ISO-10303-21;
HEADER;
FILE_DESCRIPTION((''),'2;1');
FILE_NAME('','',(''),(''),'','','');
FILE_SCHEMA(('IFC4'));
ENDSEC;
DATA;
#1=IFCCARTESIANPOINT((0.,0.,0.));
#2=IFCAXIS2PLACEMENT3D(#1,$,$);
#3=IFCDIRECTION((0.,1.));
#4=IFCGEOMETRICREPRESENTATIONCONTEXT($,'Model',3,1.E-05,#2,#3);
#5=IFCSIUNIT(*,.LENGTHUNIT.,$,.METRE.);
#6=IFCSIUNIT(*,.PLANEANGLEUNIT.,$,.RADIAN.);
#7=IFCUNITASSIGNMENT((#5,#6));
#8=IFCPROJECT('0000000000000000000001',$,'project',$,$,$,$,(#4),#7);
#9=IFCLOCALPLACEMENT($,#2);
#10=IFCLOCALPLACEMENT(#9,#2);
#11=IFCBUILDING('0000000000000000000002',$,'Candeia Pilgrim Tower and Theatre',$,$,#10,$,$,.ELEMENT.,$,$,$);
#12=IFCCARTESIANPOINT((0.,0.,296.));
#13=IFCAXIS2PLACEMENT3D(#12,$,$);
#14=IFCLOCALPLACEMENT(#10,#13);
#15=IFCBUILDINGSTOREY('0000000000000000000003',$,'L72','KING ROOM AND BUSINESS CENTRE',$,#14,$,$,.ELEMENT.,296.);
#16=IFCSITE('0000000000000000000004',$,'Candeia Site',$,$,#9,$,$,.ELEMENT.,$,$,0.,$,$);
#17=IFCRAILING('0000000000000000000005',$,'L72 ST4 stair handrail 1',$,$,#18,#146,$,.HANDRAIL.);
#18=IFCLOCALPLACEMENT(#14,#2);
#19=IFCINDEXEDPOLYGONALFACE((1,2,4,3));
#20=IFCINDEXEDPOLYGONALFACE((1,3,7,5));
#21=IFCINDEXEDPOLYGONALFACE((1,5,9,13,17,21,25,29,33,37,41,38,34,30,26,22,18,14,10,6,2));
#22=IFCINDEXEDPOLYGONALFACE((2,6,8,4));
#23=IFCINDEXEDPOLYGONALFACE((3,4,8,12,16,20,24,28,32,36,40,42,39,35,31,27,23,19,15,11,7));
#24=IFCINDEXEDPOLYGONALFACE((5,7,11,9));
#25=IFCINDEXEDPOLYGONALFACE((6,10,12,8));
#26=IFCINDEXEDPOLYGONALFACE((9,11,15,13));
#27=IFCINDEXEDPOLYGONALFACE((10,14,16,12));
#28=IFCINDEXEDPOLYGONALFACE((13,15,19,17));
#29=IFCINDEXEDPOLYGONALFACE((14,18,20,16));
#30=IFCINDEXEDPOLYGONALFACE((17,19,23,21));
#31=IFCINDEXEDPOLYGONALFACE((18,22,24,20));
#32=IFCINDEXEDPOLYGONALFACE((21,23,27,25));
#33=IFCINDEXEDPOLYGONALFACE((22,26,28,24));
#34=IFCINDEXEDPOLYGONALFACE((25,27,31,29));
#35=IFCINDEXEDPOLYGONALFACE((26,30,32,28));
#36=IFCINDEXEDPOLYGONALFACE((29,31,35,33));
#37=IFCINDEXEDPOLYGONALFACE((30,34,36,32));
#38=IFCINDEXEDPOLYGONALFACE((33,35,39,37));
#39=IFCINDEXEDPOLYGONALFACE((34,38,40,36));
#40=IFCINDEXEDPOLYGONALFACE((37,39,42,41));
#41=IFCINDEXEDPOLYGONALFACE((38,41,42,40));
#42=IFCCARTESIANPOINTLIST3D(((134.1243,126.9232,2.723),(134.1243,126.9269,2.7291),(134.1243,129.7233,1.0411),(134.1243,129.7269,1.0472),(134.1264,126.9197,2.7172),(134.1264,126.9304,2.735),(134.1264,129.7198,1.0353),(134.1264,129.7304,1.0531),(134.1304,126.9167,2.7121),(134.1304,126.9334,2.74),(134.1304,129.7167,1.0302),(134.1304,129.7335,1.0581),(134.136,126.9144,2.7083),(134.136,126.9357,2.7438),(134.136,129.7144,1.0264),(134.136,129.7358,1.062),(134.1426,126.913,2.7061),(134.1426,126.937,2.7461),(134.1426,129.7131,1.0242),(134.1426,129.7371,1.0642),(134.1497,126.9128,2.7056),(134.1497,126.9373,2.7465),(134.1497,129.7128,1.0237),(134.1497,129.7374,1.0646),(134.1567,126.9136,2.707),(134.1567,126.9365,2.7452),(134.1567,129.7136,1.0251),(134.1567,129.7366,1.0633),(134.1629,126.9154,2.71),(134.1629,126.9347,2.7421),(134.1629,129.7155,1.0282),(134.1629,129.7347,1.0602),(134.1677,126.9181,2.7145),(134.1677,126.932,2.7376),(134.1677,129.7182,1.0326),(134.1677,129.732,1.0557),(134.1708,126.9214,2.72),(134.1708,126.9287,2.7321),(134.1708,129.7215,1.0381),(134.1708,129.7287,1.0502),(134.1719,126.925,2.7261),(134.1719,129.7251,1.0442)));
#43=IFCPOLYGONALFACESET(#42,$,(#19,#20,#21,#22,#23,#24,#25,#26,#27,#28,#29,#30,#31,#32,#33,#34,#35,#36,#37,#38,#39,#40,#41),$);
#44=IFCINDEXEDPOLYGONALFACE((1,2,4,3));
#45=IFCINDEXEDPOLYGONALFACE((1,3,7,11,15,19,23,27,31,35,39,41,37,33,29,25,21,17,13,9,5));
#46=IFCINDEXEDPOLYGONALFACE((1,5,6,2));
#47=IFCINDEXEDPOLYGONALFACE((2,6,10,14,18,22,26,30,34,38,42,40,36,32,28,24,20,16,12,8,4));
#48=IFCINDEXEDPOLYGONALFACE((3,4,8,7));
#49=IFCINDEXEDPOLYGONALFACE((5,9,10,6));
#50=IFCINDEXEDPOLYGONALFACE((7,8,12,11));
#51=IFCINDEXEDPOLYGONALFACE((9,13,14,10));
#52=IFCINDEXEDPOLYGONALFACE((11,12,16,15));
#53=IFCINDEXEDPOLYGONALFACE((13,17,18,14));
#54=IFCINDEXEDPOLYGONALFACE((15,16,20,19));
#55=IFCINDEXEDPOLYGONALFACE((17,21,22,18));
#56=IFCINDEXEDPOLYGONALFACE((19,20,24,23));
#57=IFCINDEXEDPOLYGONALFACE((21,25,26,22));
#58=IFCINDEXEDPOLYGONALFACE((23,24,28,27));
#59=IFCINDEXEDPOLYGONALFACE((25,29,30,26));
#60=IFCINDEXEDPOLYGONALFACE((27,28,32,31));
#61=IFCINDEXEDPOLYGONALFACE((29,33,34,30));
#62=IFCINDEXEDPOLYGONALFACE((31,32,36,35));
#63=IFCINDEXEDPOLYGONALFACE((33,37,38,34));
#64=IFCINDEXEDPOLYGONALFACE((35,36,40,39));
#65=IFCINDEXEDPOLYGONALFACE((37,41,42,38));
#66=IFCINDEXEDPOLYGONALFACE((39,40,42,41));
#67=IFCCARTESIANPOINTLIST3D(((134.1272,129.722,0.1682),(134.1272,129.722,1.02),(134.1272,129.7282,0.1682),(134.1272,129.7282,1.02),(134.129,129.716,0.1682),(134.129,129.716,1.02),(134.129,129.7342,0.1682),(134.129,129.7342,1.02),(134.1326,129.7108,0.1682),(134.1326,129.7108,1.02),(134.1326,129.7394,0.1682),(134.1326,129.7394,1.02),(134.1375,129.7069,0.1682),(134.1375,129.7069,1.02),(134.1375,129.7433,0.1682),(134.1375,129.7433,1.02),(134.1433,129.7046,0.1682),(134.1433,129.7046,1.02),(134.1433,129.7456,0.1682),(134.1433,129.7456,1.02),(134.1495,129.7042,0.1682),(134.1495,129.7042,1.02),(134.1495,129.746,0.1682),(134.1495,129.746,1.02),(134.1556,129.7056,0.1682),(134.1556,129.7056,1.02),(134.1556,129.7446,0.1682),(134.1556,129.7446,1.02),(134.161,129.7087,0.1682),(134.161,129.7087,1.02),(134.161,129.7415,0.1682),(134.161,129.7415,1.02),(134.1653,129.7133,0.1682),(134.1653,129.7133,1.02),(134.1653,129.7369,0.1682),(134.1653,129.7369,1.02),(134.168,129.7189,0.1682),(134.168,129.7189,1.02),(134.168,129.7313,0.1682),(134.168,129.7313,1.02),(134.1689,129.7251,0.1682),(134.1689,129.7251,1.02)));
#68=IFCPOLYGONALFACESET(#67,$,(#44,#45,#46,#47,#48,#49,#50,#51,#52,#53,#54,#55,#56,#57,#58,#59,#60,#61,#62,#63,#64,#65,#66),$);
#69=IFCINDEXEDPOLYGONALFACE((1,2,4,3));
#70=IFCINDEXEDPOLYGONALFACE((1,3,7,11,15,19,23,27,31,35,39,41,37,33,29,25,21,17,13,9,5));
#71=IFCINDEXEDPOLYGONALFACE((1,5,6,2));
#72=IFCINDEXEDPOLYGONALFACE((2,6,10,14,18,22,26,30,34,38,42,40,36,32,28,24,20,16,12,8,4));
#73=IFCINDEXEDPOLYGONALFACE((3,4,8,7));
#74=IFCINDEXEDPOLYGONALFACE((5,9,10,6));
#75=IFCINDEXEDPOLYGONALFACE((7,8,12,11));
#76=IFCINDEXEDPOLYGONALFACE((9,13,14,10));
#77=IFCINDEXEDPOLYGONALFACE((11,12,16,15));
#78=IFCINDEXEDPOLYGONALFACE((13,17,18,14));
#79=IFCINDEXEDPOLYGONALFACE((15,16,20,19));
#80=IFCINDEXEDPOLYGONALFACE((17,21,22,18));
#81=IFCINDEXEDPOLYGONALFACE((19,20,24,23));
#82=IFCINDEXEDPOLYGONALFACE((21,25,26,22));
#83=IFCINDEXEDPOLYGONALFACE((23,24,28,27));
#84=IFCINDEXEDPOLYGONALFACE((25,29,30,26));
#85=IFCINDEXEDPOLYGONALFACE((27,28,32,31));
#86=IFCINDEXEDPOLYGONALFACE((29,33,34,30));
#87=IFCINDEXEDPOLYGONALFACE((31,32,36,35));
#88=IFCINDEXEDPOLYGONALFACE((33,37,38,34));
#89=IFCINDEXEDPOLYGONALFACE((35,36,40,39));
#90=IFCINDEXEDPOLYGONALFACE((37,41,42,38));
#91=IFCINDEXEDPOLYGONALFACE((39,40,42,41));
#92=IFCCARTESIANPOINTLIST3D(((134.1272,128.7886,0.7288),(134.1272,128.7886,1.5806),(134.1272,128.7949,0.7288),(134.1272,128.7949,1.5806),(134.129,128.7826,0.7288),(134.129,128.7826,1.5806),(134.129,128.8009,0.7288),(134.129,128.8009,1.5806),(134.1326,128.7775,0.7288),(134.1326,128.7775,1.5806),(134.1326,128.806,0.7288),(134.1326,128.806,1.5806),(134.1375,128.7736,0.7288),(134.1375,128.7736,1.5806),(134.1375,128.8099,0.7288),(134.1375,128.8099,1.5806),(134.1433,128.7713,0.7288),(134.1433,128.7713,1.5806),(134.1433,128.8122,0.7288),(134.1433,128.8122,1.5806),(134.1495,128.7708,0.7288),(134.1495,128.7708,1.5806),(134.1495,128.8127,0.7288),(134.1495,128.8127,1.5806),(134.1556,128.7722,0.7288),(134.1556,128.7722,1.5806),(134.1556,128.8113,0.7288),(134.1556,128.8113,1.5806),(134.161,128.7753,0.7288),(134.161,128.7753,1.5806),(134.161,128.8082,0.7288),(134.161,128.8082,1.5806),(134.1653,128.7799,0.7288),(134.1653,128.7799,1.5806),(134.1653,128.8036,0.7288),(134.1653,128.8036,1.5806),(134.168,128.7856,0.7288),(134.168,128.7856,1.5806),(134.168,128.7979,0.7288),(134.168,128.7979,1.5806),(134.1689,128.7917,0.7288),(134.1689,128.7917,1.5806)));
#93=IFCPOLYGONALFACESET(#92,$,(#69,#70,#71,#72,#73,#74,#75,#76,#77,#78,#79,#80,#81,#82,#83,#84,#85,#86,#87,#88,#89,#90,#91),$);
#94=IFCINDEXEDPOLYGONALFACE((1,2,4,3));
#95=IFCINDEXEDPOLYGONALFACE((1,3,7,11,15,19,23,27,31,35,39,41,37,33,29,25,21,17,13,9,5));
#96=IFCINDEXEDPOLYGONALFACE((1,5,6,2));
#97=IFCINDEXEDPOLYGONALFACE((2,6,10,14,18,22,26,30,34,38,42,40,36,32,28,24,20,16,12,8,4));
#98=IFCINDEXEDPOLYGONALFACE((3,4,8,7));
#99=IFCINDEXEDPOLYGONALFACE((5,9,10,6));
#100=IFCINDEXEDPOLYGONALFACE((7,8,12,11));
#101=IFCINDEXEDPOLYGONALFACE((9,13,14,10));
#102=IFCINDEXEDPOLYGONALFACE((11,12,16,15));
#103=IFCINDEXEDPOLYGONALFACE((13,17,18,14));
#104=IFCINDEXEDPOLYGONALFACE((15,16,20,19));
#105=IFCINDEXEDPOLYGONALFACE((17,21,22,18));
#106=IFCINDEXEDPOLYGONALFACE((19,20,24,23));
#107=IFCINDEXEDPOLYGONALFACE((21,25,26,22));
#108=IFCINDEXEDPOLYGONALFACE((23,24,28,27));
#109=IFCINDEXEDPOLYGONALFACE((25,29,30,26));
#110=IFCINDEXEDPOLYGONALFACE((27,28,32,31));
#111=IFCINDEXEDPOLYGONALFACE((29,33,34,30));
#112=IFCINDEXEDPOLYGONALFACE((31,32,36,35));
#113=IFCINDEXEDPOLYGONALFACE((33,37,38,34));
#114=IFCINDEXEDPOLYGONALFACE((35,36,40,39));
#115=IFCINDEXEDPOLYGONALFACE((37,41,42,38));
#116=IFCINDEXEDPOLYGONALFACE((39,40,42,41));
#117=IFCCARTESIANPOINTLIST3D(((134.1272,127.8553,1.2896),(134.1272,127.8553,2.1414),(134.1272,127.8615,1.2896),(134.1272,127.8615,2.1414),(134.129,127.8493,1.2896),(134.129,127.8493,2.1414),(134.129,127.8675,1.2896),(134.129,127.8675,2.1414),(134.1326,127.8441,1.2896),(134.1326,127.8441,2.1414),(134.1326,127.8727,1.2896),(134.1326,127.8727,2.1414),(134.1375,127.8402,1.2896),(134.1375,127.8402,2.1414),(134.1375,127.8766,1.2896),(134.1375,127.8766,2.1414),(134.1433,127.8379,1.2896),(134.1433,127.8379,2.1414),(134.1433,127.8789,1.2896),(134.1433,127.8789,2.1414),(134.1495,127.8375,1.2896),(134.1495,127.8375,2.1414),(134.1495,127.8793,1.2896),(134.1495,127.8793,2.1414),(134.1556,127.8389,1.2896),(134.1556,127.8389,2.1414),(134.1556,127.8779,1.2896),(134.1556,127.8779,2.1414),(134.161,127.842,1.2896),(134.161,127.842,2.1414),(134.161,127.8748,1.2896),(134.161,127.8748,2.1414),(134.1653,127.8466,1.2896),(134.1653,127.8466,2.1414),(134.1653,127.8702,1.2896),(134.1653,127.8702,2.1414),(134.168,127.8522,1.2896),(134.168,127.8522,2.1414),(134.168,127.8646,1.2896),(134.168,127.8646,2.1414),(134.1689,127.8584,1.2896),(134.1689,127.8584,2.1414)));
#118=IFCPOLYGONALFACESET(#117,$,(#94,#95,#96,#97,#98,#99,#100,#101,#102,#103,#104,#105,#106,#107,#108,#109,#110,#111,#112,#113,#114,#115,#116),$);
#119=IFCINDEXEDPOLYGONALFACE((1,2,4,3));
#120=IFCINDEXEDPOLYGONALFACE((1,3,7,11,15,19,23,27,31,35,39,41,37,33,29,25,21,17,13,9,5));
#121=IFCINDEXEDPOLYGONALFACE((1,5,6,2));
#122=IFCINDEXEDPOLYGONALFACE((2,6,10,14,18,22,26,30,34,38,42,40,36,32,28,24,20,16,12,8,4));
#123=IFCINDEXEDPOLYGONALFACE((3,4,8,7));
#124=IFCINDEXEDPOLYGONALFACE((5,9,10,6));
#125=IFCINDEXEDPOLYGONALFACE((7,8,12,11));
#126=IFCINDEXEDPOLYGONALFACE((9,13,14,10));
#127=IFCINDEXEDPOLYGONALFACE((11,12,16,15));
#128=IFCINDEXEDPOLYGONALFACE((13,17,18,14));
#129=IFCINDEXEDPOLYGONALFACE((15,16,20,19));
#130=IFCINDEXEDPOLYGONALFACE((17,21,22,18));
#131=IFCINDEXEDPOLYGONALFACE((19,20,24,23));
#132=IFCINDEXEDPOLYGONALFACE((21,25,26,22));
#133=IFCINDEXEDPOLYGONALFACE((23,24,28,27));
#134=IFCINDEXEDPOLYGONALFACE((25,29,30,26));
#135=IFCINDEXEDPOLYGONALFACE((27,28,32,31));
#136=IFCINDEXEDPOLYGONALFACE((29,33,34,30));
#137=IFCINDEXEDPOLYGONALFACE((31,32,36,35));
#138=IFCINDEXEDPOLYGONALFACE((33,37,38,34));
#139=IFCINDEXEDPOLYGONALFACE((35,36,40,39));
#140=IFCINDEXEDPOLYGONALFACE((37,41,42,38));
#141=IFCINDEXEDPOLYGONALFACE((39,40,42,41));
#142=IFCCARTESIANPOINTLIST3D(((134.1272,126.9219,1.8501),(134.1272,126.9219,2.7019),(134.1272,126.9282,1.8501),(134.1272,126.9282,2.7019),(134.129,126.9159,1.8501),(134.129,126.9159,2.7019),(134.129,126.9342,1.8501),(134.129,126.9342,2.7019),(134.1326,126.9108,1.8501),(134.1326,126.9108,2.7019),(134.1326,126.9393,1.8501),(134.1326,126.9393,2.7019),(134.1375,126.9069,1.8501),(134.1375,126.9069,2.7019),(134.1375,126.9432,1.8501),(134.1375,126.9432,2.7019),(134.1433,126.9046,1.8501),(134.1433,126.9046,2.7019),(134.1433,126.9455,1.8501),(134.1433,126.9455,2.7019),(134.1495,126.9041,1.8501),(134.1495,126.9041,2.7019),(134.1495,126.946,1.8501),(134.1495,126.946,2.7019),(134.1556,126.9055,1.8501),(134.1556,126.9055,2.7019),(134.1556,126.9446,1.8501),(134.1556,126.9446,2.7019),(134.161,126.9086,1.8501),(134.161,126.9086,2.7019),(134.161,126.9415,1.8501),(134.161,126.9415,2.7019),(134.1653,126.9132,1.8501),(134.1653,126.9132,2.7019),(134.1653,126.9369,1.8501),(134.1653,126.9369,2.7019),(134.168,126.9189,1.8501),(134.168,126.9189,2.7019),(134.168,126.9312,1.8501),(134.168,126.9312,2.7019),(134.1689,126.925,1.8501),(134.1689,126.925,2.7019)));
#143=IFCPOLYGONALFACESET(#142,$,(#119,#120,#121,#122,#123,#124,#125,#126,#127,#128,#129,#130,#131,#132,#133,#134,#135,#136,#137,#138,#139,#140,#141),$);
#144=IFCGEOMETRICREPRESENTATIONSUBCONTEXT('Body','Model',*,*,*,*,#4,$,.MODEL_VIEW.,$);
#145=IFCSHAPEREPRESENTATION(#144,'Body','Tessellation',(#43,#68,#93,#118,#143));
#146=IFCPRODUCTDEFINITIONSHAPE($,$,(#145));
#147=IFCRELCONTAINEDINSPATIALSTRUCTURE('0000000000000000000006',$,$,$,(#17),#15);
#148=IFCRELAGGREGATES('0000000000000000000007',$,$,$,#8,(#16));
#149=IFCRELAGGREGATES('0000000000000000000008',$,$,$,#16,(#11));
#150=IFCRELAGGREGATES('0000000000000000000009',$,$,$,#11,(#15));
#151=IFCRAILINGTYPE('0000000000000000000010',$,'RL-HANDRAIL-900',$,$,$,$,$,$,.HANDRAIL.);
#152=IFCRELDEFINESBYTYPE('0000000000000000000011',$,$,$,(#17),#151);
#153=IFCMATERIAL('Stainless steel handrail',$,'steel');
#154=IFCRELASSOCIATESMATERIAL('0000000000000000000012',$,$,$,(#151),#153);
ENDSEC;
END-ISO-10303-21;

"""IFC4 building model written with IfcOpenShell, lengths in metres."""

from ifc_helpers import new_model, si_unit, direction, frame, origin, origin_2d, place, context, subcontext, project, spatial, circle, extrude, material, type_object, element, save


model = new_model("IFC4")

# Units and contexts
model_context = context("Model", 3, precision=1e-05, world=origin(), true_north=direction((0.0, 1.0)))
body_context = subcontext(model_context, "Body", "Model", "MODEL_VIEW")
ifc_project = project(units=[si_unit("LENGTHUNIT", "METRE"), si_unit("PLANEANGLEUNIT", "RADIAN")], contexts=[model_context])

# Site, building, storey
site_placement = place(None, origin())
site = spatial("IfcSite", under=ifc_project, at=site_placement, Name="Candeia Site", CompositionType="ELEMENT", RefElevation=0.0)
building_placement = place(site_placement, origin())
building = spatial("IfcBuilding", under=site, at=building_placement, Name="Candeia Pilgrim Tower and Theatre", CompositionType="ELEMENT")
storey_placement = place(building_placement, frame((0.0, 0.0, 296.0)))
storey = spatial("IfcBuildingStorey", under=building, at=storey_placement, Name="L72", Description="KING ROOM AND BUSINESS CENTRE", CompositionType="ELEMENT", Elevation=296.0)

# Railing
ifc_material_1 = material(Name="Stainless steel handrail", Category="steel")
railing_type_1 = type_object("IfcRailingType", Name="RL-HANDRAIL-900", PredefinedType="HANDRAIL", material=ifc_material_1)
railing_1_placement = place(storey_placement, frame((134.1479, 129.7251, 0.1682)))
element("IfcRailing", 1, at=railing_1_placement, inside=storey, type_object=railing_type_1, Name="L72 ST4 stair handrail 1", PredefinedType="HANDRAIL", context=body_context, shape_type="SweptSolid", body=[
    extrude(circle(Radius=0.0239, at=origin_2d()), frame((0.0, 0.0, 0.876), z_axis=(0.0, -0.857242, 0.514913), x_axis=(1.0, 0.0, 0.0)), (0.0, 0.0, 1.0), 3.2664),
    extrude(circle(Radius=0.021, at=origin_2d()), origin(), (0.0, 0.0, 1.0), 0.8518),
    extrude(circle(Radius=0.021, at=origin_2d()), frame((0.0, -0.9333, 0.5605)), (0.0, 0.0, 1.0), 0.8518),
    extrude(circle(Radius=0.021, at=origin_2d()), frame((0.0, -1.8667, 1.1213)), (0.0, 0.0, 1.0), 0.8518),
    extrude(circle(Radius=0.021, at=origin_2d()), frame((0.0, -2.8, 1.6819)), (0.0, 0.0, 1.0), 0.8518),
])

save(model, "model.ifc")
